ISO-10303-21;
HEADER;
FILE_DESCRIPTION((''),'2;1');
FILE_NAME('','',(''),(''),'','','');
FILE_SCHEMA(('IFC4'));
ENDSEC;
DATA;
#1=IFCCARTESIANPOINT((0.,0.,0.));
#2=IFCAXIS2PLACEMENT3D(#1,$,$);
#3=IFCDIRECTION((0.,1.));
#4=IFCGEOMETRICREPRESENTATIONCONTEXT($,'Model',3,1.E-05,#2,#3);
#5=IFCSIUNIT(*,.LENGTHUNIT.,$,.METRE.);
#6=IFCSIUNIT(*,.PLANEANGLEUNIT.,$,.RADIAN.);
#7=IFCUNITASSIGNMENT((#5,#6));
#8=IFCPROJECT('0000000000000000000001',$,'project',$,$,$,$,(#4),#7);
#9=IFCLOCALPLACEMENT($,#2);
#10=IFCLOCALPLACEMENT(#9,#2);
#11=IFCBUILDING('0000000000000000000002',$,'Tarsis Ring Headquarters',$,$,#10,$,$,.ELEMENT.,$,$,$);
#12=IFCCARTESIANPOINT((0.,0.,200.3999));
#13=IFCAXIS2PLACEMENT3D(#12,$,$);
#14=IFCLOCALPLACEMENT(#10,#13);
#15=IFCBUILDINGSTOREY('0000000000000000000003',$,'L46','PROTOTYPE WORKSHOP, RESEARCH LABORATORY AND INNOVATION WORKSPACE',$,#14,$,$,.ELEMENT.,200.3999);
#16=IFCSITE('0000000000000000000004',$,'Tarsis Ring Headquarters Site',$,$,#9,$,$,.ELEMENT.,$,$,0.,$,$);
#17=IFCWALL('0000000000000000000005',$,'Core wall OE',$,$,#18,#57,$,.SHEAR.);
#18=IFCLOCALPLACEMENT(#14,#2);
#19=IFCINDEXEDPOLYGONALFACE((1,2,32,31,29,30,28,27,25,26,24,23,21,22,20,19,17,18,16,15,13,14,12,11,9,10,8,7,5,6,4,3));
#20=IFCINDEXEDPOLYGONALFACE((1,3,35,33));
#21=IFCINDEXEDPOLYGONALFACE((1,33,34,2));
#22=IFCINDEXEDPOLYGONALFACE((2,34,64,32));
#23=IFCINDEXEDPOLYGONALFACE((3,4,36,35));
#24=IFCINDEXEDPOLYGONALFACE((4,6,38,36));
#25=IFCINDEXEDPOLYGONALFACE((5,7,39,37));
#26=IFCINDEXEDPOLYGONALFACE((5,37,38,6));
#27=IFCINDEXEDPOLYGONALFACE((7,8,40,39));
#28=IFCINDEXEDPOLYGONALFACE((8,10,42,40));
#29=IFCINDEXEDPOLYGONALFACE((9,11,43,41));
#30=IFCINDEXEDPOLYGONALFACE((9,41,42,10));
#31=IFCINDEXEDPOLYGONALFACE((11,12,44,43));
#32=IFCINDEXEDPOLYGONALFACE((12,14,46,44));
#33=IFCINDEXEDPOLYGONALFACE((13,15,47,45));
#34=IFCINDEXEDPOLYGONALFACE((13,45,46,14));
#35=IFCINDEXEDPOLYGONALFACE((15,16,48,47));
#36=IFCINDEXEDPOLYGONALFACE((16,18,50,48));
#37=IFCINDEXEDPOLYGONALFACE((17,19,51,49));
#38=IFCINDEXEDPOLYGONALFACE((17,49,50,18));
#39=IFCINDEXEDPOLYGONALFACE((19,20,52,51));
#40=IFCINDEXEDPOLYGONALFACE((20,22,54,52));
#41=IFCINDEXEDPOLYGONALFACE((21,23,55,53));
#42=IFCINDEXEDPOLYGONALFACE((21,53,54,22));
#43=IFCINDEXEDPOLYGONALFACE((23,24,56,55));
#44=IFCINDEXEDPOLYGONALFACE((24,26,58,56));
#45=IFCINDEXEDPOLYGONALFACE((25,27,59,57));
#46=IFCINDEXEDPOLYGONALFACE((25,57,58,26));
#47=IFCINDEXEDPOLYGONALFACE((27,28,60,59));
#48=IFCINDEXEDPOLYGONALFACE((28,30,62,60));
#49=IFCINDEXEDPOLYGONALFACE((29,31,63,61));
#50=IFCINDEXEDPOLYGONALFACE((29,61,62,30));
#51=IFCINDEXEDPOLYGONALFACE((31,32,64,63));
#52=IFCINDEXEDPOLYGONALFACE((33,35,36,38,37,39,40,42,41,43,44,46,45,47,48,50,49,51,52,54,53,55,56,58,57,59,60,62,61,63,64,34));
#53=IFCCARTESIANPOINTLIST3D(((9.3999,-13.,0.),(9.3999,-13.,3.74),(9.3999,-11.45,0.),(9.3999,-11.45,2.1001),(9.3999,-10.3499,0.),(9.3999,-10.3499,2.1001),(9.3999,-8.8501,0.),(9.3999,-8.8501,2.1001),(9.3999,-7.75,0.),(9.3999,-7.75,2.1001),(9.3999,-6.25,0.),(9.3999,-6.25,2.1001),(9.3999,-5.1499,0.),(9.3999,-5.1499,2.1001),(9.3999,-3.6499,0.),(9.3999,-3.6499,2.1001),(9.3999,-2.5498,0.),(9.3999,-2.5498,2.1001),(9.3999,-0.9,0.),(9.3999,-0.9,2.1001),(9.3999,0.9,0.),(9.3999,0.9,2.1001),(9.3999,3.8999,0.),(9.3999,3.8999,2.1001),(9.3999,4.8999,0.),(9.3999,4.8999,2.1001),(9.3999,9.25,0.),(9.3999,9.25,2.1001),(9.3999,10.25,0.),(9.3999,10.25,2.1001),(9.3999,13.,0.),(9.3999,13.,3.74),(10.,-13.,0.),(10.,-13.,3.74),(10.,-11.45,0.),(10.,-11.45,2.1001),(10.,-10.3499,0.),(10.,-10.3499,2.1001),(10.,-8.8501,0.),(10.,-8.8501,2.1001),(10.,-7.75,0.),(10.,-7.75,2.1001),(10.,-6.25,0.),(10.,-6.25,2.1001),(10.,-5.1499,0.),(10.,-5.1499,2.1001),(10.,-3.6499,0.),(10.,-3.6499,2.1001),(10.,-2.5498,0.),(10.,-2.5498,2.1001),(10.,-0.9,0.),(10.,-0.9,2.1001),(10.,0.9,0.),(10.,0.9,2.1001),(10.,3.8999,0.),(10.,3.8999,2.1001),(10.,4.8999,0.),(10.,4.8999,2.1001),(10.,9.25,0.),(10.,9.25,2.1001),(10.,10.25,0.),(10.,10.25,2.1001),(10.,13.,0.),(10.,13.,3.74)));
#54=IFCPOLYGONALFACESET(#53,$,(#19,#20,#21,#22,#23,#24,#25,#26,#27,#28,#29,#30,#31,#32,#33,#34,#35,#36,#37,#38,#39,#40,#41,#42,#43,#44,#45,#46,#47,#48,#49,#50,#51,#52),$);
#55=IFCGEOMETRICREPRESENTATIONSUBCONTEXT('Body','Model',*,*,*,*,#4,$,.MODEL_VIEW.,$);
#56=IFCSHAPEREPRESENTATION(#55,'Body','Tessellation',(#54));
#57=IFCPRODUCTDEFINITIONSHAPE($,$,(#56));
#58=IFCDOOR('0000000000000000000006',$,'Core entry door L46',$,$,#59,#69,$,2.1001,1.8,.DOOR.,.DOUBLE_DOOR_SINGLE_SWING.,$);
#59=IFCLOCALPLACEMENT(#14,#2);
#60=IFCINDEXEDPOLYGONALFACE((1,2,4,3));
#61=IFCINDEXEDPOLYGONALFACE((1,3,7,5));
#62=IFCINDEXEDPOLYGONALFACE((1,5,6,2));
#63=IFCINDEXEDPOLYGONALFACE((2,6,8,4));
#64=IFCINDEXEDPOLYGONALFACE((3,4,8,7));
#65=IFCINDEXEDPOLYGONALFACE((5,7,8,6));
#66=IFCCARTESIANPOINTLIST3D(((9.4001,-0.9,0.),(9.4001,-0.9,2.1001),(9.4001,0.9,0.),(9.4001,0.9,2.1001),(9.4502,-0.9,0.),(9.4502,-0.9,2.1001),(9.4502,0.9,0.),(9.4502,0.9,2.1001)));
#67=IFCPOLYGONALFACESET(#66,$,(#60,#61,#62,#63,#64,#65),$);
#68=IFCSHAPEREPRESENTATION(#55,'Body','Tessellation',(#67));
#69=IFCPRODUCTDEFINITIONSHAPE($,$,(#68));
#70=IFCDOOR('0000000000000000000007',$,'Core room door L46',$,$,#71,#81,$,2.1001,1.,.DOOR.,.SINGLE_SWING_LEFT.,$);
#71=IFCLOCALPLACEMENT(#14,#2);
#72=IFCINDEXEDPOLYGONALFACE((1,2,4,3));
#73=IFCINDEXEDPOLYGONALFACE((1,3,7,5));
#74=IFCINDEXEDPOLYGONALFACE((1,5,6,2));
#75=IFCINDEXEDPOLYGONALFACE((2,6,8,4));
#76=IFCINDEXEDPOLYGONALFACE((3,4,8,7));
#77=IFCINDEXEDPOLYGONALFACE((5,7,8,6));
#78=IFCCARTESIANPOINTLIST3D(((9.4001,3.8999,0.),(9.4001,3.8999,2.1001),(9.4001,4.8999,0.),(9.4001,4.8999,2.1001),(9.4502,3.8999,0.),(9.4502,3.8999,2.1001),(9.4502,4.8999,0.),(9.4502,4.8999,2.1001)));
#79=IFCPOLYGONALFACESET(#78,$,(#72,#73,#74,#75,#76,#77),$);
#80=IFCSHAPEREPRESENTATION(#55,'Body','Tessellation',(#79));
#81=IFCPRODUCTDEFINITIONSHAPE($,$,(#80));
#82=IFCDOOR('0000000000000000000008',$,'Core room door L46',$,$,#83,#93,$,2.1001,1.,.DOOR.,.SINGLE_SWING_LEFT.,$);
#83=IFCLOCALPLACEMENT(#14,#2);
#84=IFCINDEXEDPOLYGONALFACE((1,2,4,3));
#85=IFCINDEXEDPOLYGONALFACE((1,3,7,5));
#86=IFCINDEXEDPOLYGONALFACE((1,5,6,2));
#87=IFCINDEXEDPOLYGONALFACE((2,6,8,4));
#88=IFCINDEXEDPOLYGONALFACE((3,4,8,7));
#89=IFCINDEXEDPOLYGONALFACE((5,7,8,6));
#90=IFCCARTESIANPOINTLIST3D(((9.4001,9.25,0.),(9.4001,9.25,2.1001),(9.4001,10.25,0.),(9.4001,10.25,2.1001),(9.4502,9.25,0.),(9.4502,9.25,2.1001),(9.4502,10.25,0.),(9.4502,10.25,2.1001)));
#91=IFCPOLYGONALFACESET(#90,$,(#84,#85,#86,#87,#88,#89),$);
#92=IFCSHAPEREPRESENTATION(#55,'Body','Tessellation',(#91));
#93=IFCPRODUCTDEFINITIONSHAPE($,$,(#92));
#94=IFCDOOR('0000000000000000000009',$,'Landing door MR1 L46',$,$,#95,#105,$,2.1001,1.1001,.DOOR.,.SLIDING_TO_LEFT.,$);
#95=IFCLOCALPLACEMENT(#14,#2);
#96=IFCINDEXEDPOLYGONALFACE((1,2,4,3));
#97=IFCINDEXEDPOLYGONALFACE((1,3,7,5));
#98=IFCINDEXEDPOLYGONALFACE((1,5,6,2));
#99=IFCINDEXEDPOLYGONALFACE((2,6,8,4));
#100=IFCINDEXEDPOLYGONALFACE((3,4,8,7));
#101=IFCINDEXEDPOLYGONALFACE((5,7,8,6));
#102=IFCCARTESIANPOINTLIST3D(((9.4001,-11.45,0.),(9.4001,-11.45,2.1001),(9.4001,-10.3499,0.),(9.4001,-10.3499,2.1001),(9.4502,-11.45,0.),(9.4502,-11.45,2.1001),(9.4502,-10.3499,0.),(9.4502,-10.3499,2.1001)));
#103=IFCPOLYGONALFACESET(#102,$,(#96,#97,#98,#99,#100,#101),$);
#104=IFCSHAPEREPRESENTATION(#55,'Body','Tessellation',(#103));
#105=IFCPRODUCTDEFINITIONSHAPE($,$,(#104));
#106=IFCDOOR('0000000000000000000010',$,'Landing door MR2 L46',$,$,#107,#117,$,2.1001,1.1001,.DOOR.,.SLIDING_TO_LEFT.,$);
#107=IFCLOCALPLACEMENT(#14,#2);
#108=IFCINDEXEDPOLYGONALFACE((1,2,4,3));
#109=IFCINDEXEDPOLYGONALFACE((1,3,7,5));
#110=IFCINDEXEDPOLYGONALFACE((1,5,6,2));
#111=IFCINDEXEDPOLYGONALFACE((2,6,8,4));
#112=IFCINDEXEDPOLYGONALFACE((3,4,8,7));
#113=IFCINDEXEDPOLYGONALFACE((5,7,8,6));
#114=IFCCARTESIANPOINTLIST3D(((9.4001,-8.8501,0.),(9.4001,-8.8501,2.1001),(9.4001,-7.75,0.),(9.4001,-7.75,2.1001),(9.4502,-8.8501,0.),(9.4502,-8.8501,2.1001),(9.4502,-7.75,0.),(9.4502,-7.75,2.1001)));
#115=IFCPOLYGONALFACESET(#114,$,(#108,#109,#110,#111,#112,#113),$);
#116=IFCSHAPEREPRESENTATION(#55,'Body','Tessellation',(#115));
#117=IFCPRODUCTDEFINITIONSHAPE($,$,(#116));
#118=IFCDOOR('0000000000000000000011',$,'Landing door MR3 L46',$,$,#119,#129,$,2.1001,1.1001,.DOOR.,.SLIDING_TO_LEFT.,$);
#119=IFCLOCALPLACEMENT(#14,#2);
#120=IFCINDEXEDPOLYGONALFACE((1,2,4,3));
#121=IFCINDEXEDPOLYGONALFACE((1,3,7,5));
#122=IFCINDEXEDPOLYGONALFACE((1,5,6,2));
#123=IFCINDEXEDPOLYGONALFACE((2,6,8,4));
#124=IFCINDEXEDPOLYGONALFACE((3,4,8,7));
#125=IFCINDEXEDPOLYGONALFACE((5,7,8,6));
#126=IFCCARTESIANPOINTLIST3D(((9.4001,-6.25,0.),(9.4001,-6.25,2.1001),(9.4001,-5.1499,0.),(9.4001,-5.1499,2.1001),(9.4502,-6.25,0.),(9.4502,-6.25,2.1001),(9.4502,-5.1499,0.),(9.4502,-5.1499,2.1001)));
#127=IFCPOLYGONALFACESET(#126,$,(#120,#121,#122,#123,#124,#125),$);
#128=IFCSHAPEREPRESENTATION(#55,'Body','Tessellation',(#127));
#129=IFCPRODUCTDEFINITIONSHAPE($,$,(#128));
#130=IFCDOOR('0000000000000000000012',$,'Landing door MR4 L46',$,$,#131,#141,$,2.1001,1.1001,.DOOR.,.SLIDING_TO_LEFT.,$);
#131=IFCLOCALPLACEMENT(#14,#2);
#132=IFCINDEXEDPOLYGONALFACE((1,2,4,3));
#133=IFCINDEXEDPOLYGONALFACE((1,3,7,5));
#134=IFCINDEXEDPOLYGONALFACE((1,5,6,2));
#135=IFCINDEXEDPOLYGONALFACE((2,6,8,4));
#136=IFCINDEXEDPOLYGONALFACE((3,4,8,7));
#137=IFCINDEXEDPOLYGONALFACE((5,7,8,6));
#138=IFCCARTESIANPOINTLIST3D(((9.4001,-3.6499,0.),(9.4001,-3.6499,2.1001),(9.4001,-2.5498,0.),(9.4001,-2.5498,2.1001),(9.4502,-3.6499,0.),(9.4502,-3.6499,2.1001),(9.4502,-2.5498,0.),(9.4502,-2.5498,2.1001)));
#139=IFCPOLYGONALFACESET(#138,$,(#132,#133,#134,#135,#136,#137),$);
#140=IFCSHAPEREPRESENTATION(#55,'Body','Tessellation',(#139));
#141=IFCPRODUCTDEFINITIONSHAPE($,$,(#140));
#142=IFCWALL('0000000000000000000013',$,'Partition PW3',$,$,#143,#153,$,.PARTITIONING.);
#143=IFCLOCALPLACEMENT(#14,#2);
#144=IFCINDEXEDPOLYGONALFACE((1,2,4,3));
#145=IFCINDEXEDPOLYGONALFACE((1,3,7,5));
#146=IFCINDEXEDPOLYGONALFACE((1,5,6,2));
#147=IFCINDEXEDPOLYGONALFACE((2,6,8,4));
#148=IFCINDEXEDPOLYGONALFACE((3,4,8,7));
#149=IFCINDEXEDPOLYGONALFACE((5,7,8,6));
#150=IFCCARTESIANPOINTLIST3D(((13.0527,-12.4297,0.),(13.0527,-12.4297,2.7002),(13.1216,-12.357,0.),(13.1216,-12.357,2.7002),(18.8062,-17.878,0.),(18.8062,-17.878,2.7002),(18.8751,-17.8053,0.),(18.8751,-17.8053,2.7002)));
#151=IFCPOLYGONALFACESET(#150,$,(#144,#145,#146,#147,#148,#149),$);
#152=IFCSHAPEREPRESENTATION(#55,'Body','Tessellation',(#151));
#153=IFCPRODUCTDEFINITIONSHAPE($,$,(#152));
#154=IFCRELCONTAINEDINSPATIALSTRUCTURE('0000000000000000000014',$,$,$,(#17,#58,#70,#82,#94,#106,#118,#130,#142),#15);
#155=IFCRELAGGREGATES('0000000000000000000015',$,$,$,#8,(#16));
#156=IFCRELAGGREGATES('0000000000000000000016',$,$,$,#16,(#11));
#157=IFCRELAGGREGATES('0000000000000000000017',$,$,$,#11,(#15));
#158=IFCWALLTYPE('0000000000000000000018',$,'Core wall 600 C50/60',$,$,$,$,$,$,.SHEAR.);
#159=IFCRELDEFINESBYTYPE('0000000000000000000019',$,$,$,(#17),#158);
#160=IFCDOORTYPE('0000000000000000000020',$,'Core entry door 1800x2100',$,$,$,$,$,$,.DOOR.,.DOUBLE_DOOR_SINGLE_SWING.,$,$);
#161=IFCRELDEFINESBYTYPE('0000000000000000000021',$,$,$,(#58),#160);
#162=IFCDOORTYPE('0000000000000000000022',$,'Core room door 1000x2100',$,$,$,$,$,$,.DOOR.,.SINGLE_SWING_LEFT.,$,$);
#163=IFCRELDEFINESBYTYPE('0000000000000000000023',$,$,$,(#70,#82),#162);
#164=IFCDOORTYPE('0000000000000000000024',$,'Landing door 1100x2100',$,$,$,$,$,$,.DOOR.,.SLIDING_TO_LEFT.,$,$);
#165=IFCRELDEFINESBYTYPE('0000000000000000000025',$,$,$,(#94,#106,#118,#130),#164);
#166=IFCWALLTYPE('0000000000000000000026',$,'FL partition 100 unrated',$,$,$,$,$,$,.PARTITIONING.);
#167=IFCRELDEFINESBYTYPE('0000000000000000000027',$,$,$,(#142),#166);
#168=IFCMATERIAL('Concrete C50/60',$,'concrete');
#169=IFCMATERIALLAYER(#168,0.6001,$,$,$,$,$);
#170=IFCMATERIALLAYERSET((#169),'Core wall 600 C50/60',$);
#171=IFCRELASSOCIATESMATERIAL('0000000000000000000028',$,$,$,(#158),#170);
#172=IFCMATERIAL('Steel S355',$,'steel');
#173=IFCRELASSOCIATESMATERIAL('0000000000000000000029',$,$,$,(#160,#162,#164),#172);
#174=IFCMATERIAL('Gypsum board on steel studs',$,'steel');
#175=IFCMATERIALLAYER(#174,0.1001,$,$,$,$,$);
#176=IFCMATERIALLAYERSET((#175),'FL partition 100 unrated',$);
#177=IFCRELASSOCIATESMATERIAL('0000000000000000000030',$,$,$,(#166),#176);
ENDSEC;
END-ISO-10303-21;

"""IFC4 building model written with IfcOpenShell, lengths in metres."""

from ifc_helpers import new_model, si_unit, direction, frame, frame_2d, origin, place, context, subcontext, project, spatial, rectangle, extrude, material, layer, layer_set, type_object, element, fill, save


model = new_model("IFC4")

# Units and contexts
model_context = context("Model", 3, precision=1e-05, world=origin(), true_north=direction((0.0, 1.0)))
body_context = subcontext(model_context, "Body", "Model", "MODEL_VIEW")
ifc_project = project(units=[si_unit("LENGTHUNIT", "METRE"), si_unit("PLANEANGLEUNIT", "RADIAN")], contexts=[model_context])

# Site, building, storey
site_placement = place(None, origin())
site = spatial("IfcSite", under=ifc_project, at=site_placement, Name="Tarsis Ring Headquarters Site", CompositionType="ELEMENT", RefElevation=0.0)
building_placement = place(site_placement, origin())
building = spatial("IfcBuilding", under=site, at=building_placement, Name="Tarsis Ring Headquarters", CompositionType="ELEMENT")
storey_placement = place(building_placement, frame((0.0, 0.0, 200.3999)))
storey = spatial("IfcBuildingStorey", under=building, at=storey_placement, Name="L46", Description="PROTOTYPE WORKSHOP, RESEARCH LABORATORY AND INNOVATION WORKSPACE", CompositionType="ELEMENT", Elevation=200.3999)

# Wall, openings, doors
ifc_material_1 = material(Name="Concrete C50/60", Category="concrete")
ifc_layer_1 = layer(ifc_material_1, 0.6001)
ifc_layer_set_1 = layer_set([ifc_layer_1], Name="Core wall 600 C50/60")
wall_type_1 = type_object("IfcWallType", Name="Core wall 600 C50/60", PredefinedType="SHEAR", material=ifc_layer_set_1)
wall_1_placement = place(storey_placement, frame((9.7, -13.0, 0.0), z_axis=(0.0, 0.0, 1.0), x_axis=(0.0, 1.0, 0.0)))
wall_1 = element("IfcWall", 1, at=wall_1_placement, inside=storey, type_object=wall_type_1, Name="Core wall OE", PredefinedType="SHEAR", context=body_context, shape_type="SweptSolid", body=[
    extrude(rectangle(XDim=26.0, YDim=0.6001, at=frame_2d((13.0, 0.0))), origin(), (0.0, 0.0, 1.0), 3.74),
])
opening_1_placement = place(wall_1_placement, frame((1.55, 0.0, 0.0)))
opening_1 = element("IfcOpeningElement", 2, at=opening_1_placement, cuts=wall_1, PredefinedType="OPENING", context=body_context, shape_type="SweptSolid", body=[
    extrude(rectangle(XDim=1.1001, YDim=2.1001, at=frame_2d((0.55, 1.05))), frame((0.0, 0.3101, 0.0), z_axis=(0.0, -1.0, 0.0), x_axis=(1.0, 0.0, 0.0)), (0.0, 0.0, 1.0), 0.6201),
])
opening_2_placement = place(wall_1_placement, frame((4.1499, 0.0, 0.0)))
opening_2 = element("IfcOpeningElement", 3, at=opening_2_placement, cuts=wall_1, PredefinedType="OPENING", context=body_context, shape_type="SweptSolid", body=[
    extrude(rectangle(XDim=1.1001, YDim=2.1001, at=frame_2d((0.55, 1.05))), frame((0.0, 0.3101, 0.0), z_axis=(0.0, -1.0, 0.0), x_axis=(1.0, 0.0, 0.0)), (0.0, 0.0, 1.0), 0.6201),
])
opening_3_placement = place(wall_1_placement, frame((6.75, 0.0, 0.0)))
opening_3 = element("IfcOpeningElement", 4, at=opening_3_placement, cuts=wall_1, PredefinedType="OPENING", context=body_context, shape_type="SweptSolid", body=[
    extrude(rectangle(XDim=1.1001, YDim=2.1001, at=frame_2d((0.55, 1.05))), frame((0.0, 0.3101, 0.0), z_axis=(0.0, -1.0, 0.0), x_axis=(1.0, 0.0, 0.0)), (0.0, 0.0, 1.0), 0.6201),
])
opening_4_placement = place(wall_1_placement, frame((9.3501, 0.0, 0.0)))
opening_4 = element("IfcOpeningElement", 5, at=opening_4_placement, cuts=wall_1, PredefinedType="OPENING", context=body_context, shape_type="SweptSolid", body=[
    extrude(rectangle(XDim=1.1001, YDim=2.1001, at=frame_2d((0.55, 1.05))), frame((0.0, 0.3101, 0.0), z_axis=(0.0, -1.0, 0.0), x_axis=(1.0, 0.0, 0.0)), (0.0, 0.0, 1.0), 0.6201),
])
opening_5_placement = place(wall_1_placement, frame((12.1001, 0.0, 0.0)))
opening_5 = element("IfcOpeningElement", 6, at=opening_5_placement, cuts=wall_1, PredefinedType="OPENING", context=body_context, shape_type="SweptSolid", body=[
    extrude(rectangle(XDim=1.8, YDim=2.1001, at=frame_2d((0.8999, 1.05))), frame((0.0, 0.3101, 0.0), z_axis=(0.0, -1.0, 0.0), x_axis=(1.0, 0.0, 0.0)), (0.0, 0.0, 1.0), 0.6201),
])
opening_6_placement = place(wall_1_placement, frame((16.8999, 0.0, 0.0)))
opening_6 = element("IfcOpeningElement", 7, at=opening_6_placement, cuts=wall_1, PredefinedType="OPENING", context=body_context, shape_type="SweptSolid", body=[
    extrude(rectangle(XDim=1.0, YDim=2.1001, at=frame_2d((0.5, 1.05))), frame((0.0, 0.3101, 0.0), z_axis=(0.0, -1.0, 0.0), x_axis=(1.0, 0.0, 0.0)), (0.0, 0.0, 1.0), 0.6201),
])
opening_7_placement = place(wall_1_placement, frame((22.25, 0.0, 0.0)))
opening_7 = element("IfcOpeningElement", 8, at=opening_7_placement, cuts=wall_1, PredefinedType="OPENING", context=body_context, shape_type="SweptSolid", body=[
    extrude(rectangle(XDim=1.0, YDim=2.1001, at=frame_2d((0.5, 1.05))), frame((0.0, 0.3101, 0.0), z_axis=(0.0, -1.0, 0.0), x_axis=(1.0, 0.0, 0.0)), (0.0, 0.0, 1.0), 0.6201),
])
ifc_material_2 = material(Name="Steel S355", Category="steel")
door_type_1 = type_object("IfcDoorType", Name="Core entry door 1800x2100", OperationType="DOUBLE_DOOR_SINGLE_SWING", PredefinedType="DOOR", material=ifc_material_2)
door_1_placement = place(opening_5_placement, origin())
door_1 = element("IfcDoor", 9, at=door_1_placement, inside=storey, type_object=door_type_1, Name="Core entry door L46", OperationType="DOUBLE_DOOR_SINGLE_SWING", OverallHeight=2.1001, OverallWidth=1.8, PredefinedType="DOOR", context=body_context, shape_type="SweptSolid", body=[
    extrude(rectangle(XDim=1.8, YDim=2.1001, at=frame_2d((0.8999, 1.05))), frame((0.0, 0.2998, 0.0), z_axis=(0.0, -1.0, 0.0), x_axis=(1.0, 0.0, 0.0)), (0.0, 0.0, 1.0), 0.05),
])
fill(opening_5, door_1)
door_type_2 = type_object("IfcDoorType", Name="Core room door 1000x2100", OperationType="SINGLE_SWING_LEFT", PredefinedType="DOOR", material=ifc_material_2)
door_2_placement = place(opening_6_placement, origin())
door_2 = element("IfcDoor", 10, at=door_2_placement, inside=storey, type_object=door_type_2, Name="Core room door L46", OperationType="SINGLE_SWING_LEFT", OverallHeight=2.1001, OverallWidth=1.0, PredefinedType="DOOR", context=body_context, shape_type="SweptSolid", body=[
    extrude(rectangle(XDim=1.0, YDim=2.1001, at=frame_2d((0.5, 1.05))), frame((0.0, 0.2998, 0.0), z_axis=(0.0, -1.0, 0.0), x_axis=(1.0, 0.0, 0.0)), (0.0, 0.0, 1.0), 0.05),
])
fill(opening_6, door_2)
door_3_placement = place(opening_7_placement, origin())
door_3 = element("IfcDoor", 11, at=door_3_placement, inside=storey, type_object=door_type_2, Name="Core room door L46", OperationType="SINGLE_SWING_LEFT", OverallHeight=2.1001, OverallWidth=1.0, PredefinedType="DOOR", context=body_context, shape_type="SweptSolid", body=[
    extrude(rectangle(XDim=1.0, YDim=2.1001, at=frame_2d((0.5, 1.05))), frame((0.0, 0.2998, 0.0), z_axis=(0.0, -1.0, 0.0), x_axis=(1.0, 0.0, 0.0)), (0.0, 0.0, 1.0), 0.05),
])
fill(opening_7, door_3)
door_type_3 = type_object("IfcDoorType", Name="Landing door 1100x2100", OperationType="SLIDING_TO_LEFT", PredefinedType="DOOR", material=ifc_material_2)
door_4_placement = place(opening_1_placement, origin())
door_4 = element("IfcDoor", 12, at=door_4_placement, inside=storey, type_object=door_type_3, Name="Landing door MR1 L46", OperationType="SLIDING_TO_LEFT", OverallHeight=2.1001, OverallWidth=1.1001, PredefinedType="DOOR", context=body_context, shape_type="SweptSolid", body=[
    extrude(rectangle(XDim=1.1001, YDim=2.1001, at=frame_2d((0.55, 1.05))), frame((0.0, 0.2998, 0.0), z_axis=(0.0, -1.0, 0.0), x_axis=(1.0, 0.0, 0.0)), (0.0, 0.0, 1.0), 0.05),
])
fill(opening_1, door_4)
door_5_placement = place(opening_2_placement, origin())
door_5 = element("IfcDoor", 13, at=door_5_placement, inside=storey, type_object=door_type_3, Name="Landing door MR2 L46", OperationType="SLIDING_TO_LEFT", OverallHeight=2.1001, OverallWidth=1.1001, PredefinedType="DOOR", context=body_context, shape_type="SweptSolid", body=[
    extrude(rectangle(XDim=1.1001, YDim=2.1001, at=frame_2d((0.55, 1.05))), frame((0.0, 0.2998, 0.0), z_axis=(0.0, -1.0, 0.0), x_axis=(1.0, 0.0, 0.0)), (0.0, 0.0, 1.0), 0.05),
])
fill(opening_2, door_5)
door_6_placement = place(opening_3_placement, origin())
door_6 = element("IfcDoor", 14, at=door_6_placement, inside=storey, type_object=door_type_3, Name="Landing door MR3 L46", OperationType="SLIDING_TO_LEFT", OverallHeight=2.1001, OverallWidth=1.1001, PredefinedType="DOOR", context=body_context, shape_type="SweptSolid", body=[
    extrude(rectangle(XDim=1.1001, YDim=2.1001, at=frame_2d((0.55, 1.05))), frame((0.0, 0.2998, 0.0), z_axis=(0.0, -1.0, 0.0), x_axis=(1.0, 0.0, 0.0)), (0.0, 0.0, 1.0), 0.05),
])
fill(opening_3, door_6)
door_7_placement = place(opening_4_placement, origin())
door_7 = element("IfcDoor", 15, at=door_7_placement, inside=storey, type_object=door_type_3, Name="Landing door MR4 L46", OperationType="SLIDING_TO_LEFT", OverallHeight=2.1001, OverallWidth=1.1001, PredefinedType="DOOR", context=body_context, shape_type="SweptSolid", body=[
    extrude(rectangle(XDim=1.1001, YDim=2.1001, at=frame_2d((0.55, 1.05))), frame((0.0, 0.2998, 0.0), z_axis=(0.0, -1.0, 0.0), x_axis=(1.0, 0.0, 0.0)), (0.0, 0.0, 1.0), 0.05),
])
fill(opening_4, door_7)

# Wall
ifc_material_3 = material(Name="Gypsum board on steel studs", Category="steel")
ifc_layer_2 = layer(ifc_material_3, 0.1001)
ifc_layer_set_2 = layer_set([ifc_layer_2], Name="FL partition 100 unrated")
wall_type_2 = type_object("IfcWallType", Name="FL partition 100 unrated", PredefinedType="PARTITIONING", material=ifc_layer_set_2)
wall_2_placement = place(storey_placement, frame((13.0872, -12.3933, 0.0), z_axis=(0.0, 0.0, 1.0), x_axis=(0.726102, -0.687587, 0.0)))
element("IfcWall", 16, at=wall_2_placement, inside=storey, type_object=wall_type_2, Name="Partition PW3", PredefinedType="PARTITIONING", context=body_context, shape_type="SweptSolid", body=[
    extrude(rectangle(XDim=7.9238, YDim=0.1001, at=frame_2d((3.9619, 0.0))), origin(), (0.0, 0.0, 1.0), 2.7002),
])

save(model, "model.ifc")
